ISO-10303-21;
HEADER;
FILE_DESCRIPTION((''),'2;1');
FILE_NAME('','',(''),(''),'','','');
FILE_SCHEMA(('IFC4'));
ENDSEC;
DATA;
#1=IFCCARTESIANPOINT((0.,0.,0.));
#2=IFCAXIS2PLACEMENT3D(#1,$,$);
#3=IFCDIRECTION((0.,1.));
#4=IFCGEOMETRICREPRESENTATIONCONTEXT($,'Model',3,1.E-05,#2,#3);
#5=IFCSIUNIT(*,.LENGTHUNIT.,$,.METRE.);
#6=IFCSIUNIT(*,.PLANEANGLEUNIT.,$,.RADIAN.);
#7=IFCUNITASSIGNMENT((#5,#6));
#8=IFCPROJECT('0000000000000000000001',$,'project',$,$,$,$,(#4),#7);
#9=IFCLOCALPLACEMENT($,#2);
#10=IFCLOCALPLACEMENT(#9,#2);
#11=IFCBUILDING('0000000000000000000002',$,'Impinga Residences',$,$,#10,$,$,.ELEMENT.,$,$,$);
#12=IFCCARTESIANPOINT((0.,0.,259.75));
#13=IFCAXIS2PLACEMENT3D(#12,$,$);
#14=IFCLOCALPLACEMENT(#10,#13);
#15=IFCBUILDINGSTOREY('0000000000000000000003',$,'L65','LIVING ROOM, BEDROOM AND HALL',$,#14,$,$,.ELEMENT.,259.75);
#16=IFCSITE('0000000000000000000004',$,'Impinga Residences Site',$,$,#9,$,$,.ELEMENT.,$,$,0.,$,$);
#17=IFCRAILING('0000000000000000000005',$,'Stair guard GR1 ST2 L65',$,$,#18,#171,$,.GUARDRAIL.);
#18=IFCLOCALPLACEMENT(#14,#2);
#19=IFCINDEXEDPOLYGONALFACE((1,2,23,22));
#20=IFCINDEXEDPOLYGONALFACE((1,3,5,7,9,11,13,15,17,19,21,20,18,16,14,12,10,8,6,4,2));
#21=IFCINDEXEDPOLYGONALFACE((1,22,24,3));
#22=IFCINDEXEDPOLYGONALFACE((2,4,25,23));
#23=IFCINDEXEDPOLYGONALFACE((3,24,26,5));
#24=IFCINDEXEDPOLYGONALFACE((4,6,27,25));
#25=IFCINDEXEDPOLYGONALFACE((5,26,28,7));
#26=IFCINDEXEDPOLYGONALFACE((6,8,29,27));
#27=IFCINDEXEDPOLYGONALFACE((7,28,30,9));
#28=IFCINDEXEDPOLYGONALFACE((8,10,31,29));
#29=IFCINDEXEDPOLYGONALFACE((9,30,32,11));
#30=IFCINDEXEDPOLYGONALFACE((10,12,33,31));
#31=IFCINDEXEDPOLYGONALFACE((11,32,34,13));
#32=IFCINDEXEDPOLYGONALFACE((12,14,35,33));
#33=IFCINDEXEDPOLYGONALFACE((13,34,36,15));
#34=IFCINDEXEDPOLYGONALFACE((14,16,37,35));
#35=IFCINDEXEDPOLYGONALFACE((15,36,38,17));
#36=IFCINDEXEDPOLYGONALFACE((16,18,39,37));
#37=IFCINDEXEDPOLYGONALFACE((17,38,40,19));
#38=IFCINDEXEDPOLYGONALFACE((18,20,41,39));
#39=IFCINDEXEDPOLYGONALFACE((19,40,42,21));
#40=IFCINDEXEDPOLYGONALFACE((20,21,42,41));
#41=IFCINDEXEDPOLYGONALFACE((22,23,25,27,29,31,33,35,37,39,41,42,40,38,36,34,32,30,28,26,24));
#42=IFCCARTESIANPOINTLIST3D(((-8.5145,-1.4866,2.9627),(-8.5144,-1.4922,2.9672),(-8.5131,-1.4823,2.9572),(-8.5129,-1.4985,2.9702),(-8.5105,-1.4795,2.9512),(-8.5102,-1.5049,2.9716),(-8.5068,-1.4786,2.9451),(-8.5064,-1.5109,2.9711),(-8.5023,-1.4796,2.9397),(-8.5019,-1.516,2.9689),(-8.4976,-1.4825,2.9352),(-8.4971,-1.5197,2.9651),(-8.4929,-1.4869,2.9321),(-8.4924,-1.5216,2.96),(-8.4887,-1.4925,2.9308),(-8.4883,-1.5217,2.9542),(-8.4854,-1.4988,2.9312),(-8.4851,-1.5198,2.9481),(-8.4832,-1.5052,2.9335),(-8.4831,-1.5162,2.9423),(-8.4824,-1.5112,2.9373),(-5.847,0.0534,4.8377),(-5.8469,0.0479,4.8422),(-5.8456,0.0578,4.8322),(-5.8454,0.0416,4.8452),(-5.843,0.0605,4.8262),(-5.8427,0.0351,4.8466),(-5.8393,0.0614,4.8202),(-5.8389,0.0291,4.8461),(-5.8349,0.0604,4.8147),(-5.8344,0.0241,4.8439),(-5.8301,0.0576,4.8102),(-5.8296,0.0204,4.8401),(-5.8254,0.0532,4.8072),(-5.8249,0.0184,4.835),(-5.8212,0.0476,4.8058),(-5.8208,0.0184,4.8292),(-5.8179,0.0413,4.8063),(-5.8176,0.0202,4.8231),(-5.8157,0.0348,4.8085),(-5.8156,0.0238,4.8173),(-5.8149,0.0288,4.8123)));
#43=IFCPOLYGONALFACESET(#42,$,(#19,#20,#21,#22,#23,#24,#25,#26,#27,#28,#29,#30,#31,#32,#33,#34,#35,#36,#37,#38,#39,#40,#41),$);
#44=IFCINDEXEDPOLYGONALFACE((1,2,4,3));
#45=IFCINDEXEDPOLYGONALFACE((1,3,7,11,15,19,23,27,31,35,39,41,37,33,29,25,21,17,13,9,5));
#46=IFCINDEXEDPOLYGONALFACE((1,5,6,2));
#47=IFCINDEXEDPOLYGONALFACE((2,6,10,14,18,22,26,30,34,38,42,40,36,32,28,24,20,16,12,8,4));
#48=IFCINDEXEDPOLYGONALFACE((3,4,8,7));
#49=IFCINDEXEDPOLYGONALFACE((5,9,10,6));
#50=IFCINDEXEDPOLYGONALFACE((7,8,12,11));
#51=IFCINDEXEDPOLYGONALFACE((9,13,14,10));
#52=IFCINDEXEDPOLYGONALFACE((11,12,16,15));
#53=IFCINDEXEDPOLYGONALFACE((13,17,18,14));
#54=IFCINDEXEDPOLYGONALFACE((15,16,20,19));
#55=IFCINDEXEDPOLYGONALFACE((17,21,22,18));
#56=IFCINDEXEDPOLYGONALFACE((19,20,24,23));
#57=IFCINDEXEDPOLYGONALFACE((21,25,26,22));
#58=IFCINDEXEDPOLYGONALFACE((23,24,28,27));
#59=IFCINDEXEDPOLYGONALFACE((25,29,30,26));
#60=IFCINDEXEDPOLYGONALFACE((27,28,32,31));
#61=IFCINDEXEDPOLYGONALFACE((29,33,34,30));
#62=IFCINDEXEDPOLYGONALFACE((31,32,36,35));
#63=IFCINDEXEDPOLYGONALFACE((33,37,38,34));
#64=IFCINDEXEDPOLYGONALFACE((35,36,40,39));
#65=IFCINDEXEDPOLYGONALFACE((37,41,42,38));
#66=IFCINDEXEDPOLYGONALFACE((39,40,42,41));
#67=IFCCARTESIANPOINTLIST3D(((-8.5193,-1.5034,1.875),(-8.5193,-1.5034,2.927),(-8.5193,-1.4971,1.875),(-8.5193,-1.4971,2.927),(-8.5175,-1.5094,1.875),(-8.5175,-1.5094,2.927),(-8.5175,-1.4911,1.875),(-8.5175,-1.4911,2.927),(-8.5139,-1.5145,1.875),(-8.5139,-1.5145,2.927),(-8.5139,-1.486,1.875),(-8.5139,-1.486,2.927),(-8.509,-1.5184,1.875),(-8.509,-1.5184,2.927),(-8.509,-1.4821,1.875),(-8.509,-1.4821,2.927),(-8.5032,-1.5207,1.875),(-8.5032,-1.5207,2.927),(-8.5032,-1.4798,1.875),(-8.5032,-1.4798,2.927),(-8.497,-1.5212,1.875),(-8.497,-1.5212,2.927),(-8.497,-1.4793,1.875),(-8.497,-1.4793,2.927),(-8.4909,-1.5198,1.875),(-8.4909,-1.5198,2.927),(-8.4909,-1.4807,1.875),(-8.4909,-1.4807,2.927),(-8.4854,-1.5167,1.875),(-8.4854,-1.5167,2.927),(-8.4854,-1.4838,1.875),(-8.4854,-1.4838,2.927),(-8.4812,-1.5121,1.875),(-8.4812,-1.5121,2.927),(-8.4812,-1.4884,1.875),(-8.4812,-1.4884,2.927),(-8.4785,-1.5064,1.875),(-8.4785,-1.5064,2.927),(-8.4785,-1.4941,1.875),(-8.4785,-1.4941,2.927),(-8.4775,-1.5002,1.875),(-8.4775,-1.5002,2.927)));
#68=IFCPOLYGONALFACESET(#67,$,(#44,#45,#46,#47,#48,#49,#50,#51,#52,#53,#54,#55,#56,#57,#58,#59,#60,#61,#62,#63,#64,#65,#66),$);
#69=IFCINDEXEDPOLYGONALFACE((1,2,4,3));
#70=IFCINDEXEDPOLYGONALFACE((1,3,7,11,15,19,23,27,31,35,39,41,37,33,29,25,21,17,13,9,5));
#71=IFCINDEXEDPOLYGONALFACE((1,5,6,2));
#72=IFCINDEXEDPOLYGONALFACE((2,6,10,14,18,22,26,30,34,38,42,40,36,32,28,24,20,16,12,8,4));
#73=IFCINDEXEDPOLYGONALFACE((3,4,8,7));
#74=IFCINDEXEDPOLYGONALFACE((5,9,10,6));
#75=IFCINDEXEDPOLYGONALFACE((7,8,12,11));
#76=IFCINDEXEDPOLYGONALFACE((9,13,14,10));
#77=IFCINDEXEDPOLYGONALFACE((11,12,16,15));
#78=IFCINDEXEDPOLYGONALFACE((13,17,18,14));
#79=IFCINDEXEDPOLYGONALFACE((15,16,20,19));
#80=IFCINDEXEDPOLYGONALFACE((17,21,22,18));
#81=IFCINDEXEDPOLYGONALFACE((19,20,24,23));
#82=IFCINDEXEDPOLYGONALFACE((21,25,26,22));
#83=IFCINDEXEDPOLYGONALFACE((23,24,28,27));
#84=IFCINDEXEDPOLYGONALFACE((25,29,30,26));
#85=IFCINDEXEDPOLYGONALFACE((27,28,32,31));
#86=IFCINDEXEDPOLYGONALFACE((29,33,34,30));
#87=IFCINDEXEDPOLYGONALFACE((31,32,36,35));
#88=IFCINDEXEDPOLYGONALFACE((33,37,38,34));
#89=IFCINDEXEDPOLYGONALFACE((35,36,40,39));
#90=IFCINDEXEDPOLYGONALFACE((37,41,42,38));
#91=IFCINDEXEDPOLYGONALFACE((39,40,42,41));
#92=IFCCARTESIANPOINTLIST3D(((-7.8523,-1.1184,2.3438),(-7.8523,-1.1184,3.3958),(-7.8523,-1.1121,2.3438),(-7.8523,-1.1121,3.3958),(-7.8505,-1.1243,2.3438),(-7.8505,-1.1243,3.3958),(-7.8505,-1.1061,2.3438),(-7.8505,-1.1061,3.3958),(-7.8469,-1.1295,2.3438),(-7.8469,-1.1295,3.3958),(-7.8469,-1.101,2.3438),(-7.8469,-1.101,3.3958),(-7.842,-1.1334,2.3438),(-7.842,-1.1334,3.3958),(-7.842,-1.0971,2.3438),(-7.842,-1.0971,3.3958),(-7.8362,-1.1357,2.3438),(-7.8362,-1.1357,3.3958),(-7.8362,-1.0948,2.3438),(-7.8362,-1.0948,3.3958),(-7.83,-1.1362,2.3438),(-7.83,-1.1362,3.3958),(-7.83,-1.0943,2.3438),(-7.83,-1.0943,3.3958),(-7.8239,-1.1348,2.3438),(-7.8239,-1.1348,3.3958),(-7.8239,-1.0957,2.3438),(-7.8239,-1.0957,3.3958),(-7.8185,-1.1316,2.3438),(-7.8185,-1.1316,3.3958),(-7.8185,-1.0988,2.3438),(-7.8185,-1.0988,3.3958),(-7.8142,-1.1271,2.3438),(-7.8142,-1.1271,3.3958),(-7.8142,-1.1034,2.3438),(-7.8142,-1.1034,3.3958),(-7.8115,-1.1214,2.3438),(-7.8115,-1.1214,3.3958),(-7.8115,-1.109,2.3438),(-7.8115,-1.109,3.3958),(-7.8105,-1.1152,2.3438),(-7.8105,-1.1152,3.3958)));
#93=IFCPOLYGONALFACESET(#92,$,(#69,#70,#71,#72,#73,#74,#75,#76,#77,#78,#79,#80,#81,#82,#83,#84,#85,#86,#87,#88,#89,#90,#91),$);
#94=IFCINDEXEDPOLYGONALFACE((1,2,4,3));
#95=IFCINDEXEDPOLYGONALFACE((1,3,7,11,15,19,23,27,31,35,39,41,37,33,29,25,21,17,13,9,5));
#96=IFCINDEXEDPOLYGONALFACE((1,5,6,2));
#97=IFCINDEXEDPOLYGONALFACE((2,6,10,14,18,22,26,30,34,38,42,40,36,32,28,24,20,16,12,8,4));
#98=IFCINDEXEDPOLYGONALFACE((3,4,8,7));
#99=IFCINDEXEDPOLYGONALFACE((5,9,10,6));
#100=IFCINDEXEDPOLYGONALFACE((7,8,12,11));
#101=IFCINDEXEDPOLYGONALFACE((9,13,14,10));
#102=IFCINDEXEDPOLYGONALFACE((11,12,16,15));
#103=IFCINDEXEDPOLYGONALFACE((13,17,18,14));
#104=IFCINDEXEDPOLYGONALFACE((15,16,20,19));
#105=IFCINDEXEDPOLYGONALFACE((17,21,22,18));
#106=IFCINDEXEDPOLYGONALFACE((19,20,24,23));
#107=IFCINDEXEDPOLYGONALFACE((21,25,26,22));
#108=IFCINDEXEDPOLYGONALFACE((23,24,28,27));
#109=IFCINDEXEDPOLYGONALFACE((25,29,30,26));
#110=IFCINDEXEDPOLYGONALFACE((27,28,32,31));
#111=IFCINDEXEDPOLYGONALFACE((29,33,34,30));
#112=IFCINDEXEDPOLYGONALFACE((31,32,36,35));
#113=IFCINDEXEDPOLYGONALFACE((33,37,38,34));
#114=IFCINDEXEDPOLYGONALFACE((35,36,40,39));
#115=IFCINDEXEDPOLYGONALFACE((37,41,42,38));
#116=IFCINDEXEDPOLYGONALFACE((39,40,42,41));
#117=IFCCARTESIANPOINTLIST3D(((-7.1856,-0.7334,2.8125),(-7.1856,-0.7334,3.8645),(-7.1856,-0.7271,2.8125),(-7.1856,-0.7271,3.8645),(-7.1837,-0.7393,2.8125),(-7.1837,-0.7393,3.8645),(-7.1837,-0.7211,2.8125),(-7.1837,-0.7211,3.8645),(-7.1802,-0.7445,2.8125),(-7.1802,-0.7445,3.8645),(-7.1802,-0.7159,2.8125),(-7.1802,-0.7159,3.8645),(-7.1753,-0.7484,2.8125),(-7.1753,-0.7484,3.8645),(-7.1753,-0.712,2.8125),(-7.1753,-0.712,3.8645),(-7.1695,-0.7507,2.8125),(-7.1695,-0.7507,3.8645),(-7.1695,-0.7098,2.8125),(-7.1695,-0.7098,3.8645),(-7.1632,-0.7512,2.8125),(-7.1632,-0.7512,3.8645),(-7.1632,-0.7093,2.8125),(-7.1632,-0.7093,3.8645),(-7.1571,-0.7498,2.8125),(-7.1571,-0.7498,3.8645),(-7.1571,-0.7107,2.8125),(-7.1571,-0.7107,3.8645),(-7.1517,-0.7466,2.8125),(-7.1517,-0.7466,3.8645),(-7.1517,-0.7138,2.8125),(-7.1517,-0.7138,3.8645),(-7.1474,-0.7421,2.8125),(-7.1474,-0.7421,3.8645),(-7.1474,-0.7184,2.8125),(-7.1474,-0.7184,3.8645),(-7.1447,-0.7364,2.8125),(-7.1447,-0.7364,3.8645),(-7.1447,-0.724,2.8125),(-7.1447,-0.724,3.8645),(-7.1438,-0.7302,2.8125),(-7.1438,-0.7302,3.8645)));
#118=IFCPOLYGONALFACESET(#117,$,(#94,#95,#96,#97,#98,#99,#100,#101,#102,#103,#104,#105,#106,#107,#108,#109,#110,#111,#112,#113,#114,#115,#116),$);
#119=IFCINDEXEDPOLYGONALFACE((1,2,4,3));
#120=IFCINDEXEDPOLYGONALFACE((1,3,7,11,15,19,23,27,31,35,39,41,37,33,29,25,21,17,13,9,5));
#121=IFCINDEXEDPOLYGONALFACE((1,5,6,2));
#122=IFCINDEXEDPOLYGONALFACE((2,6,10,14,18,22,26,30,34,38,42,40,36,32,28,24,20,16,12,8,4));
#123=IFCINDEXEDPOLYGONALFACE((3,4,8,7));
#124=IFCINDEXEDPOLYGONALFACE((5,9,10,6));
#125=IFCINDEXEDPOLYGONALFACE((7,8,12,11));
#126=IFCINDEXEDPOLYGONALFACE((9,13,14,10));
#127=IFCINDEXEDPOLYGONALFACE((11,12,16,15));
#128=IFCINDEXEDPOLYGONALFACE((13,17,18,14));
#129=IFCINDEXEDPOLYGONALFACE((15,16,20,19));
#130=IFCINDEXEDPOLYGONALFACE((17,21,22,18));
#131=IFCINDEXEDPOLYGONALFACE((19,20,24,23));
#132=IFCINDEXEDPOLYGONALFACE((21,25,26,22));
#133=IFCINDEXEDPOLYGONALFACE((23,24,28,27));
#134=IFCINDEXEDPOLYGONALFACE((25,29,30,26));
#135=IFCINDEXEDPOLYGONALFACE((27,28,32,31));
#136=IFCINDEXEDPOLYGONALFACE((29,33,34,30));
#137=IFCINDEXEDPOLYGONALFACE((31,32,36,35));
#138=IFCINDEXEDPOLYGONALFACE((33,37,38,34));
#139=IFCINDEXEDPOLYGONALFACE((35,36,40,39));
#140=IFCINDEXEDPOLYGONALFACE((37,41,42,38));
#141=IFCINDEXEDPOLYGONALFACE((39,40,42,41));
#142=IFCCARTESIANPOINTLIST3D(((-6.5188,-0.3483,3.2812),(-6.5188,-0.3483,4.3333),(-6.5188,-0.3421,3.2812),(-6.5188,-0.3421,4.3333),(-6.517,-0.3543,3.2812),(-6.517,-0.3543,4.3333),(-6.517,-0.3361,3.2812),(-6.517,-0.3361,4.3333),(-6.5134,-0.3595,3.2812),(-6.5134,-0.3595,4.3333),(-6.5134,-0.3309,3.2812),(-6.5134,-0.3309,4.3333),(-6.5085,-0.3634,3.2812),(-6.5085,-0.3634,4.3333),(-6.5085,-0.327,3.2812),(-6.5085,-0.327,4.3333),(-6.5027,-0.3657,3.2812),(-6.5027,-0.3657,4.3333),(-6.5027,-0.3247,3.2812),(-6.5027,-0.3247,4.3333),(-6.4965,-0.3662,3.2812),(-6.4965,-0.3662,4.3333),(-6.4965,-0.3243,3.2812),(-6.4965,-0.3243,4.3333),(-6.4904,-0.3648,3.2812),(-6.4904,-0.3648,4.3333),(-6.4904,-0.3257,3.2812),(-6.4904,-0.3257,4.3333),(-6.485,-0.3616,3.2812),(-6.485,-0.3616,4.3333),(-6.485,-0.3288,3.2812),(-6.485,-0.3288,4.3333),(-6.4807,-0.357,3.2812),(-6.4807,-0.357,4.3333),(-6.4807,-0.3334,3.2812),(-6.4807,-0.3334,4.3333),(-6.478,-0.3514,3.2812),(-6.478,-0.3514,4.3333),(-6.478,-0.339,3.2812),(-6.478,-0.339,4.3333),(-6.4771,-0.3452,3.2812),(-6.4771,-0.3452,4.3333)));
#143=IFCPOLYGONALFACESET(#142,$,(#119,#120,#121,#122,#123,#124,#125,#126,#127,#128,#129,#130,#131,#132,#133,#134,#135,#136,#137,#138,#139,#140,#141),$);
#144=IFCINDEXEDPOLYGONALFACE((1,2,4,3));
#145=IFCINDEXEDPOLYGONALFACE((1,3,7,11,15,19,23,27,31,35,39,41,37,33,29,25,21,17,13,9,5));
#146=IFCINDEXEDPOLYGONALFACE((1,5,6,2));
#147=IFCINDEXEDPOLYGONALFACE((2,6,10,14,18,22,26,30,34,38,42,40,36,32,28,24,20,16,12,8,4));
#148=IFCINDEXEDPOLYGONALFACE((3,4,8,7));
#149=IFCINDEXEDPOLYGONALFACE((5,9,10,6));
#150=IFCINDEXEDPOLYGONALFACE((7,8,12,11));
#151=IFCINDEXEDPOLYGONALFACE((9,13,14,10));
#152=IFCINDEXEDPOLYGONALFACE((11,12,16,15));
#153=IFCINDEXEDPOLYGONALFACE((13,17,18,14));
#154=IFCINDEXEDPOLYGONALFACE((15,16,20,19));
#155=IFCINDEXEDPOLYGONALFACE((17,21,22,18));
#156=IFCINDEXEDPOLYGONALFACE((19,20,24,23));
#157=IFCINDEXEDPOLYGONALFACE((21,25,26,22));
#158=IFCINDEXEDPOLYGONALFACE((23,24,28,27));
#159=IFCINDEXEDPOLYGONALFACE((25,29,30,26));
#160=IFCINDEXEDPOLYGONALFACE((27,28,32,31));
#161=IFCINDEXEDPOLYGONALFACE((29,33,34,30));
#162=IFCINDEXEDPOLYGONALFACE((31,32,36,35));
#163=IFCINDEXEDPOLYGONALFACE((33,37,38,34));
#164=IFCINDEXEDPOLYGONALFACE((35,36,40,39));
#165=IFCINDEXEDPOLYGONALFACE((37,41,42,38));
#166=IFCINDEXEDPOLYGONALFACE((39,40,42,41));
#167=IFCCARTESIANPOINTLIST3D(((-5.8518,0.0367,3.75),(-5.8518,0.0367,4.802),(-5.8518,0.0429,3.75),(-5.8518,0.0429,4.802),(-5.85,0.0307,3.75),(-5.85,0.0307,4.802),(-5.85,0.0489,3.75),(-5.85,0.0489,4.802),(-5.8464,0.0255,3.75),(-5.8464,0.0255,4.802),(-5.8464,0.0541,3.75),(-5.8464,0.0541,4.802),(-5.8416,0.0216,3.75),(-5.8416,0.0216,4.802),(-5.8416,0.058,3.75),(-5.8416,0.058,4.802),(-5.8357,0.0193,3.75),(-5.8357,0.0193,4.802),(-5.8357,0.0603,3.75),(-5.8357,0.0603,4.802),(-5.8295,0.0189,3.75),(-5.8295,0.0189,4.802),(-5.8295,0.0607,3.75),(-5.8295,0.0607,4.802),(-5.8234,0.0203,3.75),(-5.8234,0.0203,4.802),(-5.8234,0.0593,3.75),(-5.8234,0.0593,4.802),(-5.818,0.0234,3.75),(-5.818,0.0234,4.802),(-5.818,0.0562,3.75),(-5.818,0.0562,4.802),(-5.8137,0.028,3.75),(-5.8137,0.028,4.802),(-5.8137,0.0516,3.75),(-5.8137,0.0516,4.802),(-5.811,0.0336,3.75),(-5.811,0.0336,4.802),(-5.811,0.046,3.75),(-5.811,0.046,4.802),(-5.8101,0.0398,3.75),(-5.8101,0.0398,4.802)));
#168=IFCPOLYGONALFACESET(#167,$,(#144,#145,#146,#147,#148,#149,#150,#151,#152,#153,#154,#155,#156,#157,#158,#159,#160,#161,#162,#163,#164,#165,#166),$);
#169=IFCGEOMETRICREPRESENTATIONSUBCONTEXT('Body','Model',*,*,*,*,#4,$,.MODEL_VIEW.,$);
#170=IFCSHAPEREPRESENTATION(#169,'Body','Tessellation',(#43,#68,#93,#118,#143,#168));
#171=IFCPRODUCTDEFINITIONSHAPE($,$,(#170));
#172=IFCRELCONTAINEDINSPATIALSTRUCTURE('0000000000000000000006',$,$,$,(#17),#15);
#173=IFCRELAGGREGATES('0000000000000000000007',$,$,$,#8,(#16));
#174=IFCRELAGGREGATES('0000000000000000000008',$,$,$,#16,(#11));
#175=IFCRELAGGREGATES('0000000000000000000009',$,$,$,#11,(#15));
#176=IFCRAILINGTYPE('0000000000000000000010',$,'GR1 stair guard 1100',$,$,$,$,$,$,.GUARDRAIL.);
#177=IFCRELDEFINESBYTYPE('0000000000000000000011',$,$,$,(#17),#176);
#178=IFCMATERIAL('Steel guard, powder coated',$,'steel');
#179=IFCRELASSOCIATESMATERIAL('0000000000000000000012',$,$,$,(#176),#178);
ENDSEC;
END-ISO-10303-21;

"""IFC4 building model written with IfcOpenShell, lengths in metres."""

from ifc_helpers import new_model, si_unit, direction, frame, origin, origin_2d, place, context, subcontext, project, spatial, circle, extrude, material, type_object, element, save


model = new_model("IFC4")

# Units and contexts
model_context = context("Model", 3, precision=1e-05, world=origin(), true_north=direction((0.0, 1.0)))
body_context = subcontext(model_context, "Body", "Model", "MODEL_VIEW")
ifc_project = project(units=[si_unit("LENGTHUNIT", "METRE"), si_unit("PLANEANGLEUNIT", "RADIAN")], contexts=[model_context])

# Site, building, storey
site_placement = place(None, origin())
site = spatial("IfcSite", under=ifc_project, at=site_placement, Name="Impinga Residences Site", CompositionType="ELEMENT", RefElevation=0.0)
building_placement = place(site_placement, origin())
building = spatial("IfcBuilding", under=site, at=building_placement, Name="Impinga Residences", CompositionType="ELEMENT")
storey_placement = place(building_placement, frame((0.0, 0.0, 259.75)))
storey = spatial("IfcBuildingStorey", under=building, at=storey_placement, Name="L65", Description="LIVING ROOM, BEDROOM AND HALL", CompositionType="ELEMENT", Elevation=259.75)

# Railing
ifc_material_1 = material(Name="Steel guard, powder coated", Category="steel")
railing_type_1 = type_object("IfcRailingType", Name="GR1 stair guard 1100", PredefinedType="GUARDRAIL", material=ifc_material_1)
railing_1_placement = place(storey_placement, frame((-8.4985, -1.5002, 1.875)))
element("IfcRailing", 1, at=railing_1_placement, inside=storey, type_object=railing_type_1, Name="Stair guard GR1 ST2 L65", PredefinedType="GUARDRAIL", context=body_context, shape_type="SweptSolid", body=[
    extrude(circle(Radius=0.0239, at=origin_2d()), frame((0.0, 0.0, 1.0762), z_axis=(0.739746, 0.427084, 0.519975), x_axis=(-0.499992, 0.86603, 0.0)), (0.0, 0.0, 1.0), 3.606),
    extrude(circle(Radius=0.021, at=origin_2d()), origin(), (0.0, 0.0, 1.0), 1.052),
    extrude(circle(Radius=0.021, at=origin_2d()), frame((0.667, 0.385, 0.4688)), (0.0, 0.0, 1.0), 1.052),
    extrude(circle(Radius=0.021, at=origin_2d()), frame((1.3337, 0.77, 0.9375)), (0.0, 0.0, 1.0), 1.052),
    extrude(circle(Radius=0.021, at=origin_2d()), frame((2.0005, 1.155, 1.4062)), (0.0, 0.0, 1.0), 1.052),
    extrude(circle(Radius=0.021, at=origin_2d()), frame((2.6675, 1.54, 1.875)), (0.0, 0.0, 1.0), 1.052),
])

save(model, "model.ifc")
